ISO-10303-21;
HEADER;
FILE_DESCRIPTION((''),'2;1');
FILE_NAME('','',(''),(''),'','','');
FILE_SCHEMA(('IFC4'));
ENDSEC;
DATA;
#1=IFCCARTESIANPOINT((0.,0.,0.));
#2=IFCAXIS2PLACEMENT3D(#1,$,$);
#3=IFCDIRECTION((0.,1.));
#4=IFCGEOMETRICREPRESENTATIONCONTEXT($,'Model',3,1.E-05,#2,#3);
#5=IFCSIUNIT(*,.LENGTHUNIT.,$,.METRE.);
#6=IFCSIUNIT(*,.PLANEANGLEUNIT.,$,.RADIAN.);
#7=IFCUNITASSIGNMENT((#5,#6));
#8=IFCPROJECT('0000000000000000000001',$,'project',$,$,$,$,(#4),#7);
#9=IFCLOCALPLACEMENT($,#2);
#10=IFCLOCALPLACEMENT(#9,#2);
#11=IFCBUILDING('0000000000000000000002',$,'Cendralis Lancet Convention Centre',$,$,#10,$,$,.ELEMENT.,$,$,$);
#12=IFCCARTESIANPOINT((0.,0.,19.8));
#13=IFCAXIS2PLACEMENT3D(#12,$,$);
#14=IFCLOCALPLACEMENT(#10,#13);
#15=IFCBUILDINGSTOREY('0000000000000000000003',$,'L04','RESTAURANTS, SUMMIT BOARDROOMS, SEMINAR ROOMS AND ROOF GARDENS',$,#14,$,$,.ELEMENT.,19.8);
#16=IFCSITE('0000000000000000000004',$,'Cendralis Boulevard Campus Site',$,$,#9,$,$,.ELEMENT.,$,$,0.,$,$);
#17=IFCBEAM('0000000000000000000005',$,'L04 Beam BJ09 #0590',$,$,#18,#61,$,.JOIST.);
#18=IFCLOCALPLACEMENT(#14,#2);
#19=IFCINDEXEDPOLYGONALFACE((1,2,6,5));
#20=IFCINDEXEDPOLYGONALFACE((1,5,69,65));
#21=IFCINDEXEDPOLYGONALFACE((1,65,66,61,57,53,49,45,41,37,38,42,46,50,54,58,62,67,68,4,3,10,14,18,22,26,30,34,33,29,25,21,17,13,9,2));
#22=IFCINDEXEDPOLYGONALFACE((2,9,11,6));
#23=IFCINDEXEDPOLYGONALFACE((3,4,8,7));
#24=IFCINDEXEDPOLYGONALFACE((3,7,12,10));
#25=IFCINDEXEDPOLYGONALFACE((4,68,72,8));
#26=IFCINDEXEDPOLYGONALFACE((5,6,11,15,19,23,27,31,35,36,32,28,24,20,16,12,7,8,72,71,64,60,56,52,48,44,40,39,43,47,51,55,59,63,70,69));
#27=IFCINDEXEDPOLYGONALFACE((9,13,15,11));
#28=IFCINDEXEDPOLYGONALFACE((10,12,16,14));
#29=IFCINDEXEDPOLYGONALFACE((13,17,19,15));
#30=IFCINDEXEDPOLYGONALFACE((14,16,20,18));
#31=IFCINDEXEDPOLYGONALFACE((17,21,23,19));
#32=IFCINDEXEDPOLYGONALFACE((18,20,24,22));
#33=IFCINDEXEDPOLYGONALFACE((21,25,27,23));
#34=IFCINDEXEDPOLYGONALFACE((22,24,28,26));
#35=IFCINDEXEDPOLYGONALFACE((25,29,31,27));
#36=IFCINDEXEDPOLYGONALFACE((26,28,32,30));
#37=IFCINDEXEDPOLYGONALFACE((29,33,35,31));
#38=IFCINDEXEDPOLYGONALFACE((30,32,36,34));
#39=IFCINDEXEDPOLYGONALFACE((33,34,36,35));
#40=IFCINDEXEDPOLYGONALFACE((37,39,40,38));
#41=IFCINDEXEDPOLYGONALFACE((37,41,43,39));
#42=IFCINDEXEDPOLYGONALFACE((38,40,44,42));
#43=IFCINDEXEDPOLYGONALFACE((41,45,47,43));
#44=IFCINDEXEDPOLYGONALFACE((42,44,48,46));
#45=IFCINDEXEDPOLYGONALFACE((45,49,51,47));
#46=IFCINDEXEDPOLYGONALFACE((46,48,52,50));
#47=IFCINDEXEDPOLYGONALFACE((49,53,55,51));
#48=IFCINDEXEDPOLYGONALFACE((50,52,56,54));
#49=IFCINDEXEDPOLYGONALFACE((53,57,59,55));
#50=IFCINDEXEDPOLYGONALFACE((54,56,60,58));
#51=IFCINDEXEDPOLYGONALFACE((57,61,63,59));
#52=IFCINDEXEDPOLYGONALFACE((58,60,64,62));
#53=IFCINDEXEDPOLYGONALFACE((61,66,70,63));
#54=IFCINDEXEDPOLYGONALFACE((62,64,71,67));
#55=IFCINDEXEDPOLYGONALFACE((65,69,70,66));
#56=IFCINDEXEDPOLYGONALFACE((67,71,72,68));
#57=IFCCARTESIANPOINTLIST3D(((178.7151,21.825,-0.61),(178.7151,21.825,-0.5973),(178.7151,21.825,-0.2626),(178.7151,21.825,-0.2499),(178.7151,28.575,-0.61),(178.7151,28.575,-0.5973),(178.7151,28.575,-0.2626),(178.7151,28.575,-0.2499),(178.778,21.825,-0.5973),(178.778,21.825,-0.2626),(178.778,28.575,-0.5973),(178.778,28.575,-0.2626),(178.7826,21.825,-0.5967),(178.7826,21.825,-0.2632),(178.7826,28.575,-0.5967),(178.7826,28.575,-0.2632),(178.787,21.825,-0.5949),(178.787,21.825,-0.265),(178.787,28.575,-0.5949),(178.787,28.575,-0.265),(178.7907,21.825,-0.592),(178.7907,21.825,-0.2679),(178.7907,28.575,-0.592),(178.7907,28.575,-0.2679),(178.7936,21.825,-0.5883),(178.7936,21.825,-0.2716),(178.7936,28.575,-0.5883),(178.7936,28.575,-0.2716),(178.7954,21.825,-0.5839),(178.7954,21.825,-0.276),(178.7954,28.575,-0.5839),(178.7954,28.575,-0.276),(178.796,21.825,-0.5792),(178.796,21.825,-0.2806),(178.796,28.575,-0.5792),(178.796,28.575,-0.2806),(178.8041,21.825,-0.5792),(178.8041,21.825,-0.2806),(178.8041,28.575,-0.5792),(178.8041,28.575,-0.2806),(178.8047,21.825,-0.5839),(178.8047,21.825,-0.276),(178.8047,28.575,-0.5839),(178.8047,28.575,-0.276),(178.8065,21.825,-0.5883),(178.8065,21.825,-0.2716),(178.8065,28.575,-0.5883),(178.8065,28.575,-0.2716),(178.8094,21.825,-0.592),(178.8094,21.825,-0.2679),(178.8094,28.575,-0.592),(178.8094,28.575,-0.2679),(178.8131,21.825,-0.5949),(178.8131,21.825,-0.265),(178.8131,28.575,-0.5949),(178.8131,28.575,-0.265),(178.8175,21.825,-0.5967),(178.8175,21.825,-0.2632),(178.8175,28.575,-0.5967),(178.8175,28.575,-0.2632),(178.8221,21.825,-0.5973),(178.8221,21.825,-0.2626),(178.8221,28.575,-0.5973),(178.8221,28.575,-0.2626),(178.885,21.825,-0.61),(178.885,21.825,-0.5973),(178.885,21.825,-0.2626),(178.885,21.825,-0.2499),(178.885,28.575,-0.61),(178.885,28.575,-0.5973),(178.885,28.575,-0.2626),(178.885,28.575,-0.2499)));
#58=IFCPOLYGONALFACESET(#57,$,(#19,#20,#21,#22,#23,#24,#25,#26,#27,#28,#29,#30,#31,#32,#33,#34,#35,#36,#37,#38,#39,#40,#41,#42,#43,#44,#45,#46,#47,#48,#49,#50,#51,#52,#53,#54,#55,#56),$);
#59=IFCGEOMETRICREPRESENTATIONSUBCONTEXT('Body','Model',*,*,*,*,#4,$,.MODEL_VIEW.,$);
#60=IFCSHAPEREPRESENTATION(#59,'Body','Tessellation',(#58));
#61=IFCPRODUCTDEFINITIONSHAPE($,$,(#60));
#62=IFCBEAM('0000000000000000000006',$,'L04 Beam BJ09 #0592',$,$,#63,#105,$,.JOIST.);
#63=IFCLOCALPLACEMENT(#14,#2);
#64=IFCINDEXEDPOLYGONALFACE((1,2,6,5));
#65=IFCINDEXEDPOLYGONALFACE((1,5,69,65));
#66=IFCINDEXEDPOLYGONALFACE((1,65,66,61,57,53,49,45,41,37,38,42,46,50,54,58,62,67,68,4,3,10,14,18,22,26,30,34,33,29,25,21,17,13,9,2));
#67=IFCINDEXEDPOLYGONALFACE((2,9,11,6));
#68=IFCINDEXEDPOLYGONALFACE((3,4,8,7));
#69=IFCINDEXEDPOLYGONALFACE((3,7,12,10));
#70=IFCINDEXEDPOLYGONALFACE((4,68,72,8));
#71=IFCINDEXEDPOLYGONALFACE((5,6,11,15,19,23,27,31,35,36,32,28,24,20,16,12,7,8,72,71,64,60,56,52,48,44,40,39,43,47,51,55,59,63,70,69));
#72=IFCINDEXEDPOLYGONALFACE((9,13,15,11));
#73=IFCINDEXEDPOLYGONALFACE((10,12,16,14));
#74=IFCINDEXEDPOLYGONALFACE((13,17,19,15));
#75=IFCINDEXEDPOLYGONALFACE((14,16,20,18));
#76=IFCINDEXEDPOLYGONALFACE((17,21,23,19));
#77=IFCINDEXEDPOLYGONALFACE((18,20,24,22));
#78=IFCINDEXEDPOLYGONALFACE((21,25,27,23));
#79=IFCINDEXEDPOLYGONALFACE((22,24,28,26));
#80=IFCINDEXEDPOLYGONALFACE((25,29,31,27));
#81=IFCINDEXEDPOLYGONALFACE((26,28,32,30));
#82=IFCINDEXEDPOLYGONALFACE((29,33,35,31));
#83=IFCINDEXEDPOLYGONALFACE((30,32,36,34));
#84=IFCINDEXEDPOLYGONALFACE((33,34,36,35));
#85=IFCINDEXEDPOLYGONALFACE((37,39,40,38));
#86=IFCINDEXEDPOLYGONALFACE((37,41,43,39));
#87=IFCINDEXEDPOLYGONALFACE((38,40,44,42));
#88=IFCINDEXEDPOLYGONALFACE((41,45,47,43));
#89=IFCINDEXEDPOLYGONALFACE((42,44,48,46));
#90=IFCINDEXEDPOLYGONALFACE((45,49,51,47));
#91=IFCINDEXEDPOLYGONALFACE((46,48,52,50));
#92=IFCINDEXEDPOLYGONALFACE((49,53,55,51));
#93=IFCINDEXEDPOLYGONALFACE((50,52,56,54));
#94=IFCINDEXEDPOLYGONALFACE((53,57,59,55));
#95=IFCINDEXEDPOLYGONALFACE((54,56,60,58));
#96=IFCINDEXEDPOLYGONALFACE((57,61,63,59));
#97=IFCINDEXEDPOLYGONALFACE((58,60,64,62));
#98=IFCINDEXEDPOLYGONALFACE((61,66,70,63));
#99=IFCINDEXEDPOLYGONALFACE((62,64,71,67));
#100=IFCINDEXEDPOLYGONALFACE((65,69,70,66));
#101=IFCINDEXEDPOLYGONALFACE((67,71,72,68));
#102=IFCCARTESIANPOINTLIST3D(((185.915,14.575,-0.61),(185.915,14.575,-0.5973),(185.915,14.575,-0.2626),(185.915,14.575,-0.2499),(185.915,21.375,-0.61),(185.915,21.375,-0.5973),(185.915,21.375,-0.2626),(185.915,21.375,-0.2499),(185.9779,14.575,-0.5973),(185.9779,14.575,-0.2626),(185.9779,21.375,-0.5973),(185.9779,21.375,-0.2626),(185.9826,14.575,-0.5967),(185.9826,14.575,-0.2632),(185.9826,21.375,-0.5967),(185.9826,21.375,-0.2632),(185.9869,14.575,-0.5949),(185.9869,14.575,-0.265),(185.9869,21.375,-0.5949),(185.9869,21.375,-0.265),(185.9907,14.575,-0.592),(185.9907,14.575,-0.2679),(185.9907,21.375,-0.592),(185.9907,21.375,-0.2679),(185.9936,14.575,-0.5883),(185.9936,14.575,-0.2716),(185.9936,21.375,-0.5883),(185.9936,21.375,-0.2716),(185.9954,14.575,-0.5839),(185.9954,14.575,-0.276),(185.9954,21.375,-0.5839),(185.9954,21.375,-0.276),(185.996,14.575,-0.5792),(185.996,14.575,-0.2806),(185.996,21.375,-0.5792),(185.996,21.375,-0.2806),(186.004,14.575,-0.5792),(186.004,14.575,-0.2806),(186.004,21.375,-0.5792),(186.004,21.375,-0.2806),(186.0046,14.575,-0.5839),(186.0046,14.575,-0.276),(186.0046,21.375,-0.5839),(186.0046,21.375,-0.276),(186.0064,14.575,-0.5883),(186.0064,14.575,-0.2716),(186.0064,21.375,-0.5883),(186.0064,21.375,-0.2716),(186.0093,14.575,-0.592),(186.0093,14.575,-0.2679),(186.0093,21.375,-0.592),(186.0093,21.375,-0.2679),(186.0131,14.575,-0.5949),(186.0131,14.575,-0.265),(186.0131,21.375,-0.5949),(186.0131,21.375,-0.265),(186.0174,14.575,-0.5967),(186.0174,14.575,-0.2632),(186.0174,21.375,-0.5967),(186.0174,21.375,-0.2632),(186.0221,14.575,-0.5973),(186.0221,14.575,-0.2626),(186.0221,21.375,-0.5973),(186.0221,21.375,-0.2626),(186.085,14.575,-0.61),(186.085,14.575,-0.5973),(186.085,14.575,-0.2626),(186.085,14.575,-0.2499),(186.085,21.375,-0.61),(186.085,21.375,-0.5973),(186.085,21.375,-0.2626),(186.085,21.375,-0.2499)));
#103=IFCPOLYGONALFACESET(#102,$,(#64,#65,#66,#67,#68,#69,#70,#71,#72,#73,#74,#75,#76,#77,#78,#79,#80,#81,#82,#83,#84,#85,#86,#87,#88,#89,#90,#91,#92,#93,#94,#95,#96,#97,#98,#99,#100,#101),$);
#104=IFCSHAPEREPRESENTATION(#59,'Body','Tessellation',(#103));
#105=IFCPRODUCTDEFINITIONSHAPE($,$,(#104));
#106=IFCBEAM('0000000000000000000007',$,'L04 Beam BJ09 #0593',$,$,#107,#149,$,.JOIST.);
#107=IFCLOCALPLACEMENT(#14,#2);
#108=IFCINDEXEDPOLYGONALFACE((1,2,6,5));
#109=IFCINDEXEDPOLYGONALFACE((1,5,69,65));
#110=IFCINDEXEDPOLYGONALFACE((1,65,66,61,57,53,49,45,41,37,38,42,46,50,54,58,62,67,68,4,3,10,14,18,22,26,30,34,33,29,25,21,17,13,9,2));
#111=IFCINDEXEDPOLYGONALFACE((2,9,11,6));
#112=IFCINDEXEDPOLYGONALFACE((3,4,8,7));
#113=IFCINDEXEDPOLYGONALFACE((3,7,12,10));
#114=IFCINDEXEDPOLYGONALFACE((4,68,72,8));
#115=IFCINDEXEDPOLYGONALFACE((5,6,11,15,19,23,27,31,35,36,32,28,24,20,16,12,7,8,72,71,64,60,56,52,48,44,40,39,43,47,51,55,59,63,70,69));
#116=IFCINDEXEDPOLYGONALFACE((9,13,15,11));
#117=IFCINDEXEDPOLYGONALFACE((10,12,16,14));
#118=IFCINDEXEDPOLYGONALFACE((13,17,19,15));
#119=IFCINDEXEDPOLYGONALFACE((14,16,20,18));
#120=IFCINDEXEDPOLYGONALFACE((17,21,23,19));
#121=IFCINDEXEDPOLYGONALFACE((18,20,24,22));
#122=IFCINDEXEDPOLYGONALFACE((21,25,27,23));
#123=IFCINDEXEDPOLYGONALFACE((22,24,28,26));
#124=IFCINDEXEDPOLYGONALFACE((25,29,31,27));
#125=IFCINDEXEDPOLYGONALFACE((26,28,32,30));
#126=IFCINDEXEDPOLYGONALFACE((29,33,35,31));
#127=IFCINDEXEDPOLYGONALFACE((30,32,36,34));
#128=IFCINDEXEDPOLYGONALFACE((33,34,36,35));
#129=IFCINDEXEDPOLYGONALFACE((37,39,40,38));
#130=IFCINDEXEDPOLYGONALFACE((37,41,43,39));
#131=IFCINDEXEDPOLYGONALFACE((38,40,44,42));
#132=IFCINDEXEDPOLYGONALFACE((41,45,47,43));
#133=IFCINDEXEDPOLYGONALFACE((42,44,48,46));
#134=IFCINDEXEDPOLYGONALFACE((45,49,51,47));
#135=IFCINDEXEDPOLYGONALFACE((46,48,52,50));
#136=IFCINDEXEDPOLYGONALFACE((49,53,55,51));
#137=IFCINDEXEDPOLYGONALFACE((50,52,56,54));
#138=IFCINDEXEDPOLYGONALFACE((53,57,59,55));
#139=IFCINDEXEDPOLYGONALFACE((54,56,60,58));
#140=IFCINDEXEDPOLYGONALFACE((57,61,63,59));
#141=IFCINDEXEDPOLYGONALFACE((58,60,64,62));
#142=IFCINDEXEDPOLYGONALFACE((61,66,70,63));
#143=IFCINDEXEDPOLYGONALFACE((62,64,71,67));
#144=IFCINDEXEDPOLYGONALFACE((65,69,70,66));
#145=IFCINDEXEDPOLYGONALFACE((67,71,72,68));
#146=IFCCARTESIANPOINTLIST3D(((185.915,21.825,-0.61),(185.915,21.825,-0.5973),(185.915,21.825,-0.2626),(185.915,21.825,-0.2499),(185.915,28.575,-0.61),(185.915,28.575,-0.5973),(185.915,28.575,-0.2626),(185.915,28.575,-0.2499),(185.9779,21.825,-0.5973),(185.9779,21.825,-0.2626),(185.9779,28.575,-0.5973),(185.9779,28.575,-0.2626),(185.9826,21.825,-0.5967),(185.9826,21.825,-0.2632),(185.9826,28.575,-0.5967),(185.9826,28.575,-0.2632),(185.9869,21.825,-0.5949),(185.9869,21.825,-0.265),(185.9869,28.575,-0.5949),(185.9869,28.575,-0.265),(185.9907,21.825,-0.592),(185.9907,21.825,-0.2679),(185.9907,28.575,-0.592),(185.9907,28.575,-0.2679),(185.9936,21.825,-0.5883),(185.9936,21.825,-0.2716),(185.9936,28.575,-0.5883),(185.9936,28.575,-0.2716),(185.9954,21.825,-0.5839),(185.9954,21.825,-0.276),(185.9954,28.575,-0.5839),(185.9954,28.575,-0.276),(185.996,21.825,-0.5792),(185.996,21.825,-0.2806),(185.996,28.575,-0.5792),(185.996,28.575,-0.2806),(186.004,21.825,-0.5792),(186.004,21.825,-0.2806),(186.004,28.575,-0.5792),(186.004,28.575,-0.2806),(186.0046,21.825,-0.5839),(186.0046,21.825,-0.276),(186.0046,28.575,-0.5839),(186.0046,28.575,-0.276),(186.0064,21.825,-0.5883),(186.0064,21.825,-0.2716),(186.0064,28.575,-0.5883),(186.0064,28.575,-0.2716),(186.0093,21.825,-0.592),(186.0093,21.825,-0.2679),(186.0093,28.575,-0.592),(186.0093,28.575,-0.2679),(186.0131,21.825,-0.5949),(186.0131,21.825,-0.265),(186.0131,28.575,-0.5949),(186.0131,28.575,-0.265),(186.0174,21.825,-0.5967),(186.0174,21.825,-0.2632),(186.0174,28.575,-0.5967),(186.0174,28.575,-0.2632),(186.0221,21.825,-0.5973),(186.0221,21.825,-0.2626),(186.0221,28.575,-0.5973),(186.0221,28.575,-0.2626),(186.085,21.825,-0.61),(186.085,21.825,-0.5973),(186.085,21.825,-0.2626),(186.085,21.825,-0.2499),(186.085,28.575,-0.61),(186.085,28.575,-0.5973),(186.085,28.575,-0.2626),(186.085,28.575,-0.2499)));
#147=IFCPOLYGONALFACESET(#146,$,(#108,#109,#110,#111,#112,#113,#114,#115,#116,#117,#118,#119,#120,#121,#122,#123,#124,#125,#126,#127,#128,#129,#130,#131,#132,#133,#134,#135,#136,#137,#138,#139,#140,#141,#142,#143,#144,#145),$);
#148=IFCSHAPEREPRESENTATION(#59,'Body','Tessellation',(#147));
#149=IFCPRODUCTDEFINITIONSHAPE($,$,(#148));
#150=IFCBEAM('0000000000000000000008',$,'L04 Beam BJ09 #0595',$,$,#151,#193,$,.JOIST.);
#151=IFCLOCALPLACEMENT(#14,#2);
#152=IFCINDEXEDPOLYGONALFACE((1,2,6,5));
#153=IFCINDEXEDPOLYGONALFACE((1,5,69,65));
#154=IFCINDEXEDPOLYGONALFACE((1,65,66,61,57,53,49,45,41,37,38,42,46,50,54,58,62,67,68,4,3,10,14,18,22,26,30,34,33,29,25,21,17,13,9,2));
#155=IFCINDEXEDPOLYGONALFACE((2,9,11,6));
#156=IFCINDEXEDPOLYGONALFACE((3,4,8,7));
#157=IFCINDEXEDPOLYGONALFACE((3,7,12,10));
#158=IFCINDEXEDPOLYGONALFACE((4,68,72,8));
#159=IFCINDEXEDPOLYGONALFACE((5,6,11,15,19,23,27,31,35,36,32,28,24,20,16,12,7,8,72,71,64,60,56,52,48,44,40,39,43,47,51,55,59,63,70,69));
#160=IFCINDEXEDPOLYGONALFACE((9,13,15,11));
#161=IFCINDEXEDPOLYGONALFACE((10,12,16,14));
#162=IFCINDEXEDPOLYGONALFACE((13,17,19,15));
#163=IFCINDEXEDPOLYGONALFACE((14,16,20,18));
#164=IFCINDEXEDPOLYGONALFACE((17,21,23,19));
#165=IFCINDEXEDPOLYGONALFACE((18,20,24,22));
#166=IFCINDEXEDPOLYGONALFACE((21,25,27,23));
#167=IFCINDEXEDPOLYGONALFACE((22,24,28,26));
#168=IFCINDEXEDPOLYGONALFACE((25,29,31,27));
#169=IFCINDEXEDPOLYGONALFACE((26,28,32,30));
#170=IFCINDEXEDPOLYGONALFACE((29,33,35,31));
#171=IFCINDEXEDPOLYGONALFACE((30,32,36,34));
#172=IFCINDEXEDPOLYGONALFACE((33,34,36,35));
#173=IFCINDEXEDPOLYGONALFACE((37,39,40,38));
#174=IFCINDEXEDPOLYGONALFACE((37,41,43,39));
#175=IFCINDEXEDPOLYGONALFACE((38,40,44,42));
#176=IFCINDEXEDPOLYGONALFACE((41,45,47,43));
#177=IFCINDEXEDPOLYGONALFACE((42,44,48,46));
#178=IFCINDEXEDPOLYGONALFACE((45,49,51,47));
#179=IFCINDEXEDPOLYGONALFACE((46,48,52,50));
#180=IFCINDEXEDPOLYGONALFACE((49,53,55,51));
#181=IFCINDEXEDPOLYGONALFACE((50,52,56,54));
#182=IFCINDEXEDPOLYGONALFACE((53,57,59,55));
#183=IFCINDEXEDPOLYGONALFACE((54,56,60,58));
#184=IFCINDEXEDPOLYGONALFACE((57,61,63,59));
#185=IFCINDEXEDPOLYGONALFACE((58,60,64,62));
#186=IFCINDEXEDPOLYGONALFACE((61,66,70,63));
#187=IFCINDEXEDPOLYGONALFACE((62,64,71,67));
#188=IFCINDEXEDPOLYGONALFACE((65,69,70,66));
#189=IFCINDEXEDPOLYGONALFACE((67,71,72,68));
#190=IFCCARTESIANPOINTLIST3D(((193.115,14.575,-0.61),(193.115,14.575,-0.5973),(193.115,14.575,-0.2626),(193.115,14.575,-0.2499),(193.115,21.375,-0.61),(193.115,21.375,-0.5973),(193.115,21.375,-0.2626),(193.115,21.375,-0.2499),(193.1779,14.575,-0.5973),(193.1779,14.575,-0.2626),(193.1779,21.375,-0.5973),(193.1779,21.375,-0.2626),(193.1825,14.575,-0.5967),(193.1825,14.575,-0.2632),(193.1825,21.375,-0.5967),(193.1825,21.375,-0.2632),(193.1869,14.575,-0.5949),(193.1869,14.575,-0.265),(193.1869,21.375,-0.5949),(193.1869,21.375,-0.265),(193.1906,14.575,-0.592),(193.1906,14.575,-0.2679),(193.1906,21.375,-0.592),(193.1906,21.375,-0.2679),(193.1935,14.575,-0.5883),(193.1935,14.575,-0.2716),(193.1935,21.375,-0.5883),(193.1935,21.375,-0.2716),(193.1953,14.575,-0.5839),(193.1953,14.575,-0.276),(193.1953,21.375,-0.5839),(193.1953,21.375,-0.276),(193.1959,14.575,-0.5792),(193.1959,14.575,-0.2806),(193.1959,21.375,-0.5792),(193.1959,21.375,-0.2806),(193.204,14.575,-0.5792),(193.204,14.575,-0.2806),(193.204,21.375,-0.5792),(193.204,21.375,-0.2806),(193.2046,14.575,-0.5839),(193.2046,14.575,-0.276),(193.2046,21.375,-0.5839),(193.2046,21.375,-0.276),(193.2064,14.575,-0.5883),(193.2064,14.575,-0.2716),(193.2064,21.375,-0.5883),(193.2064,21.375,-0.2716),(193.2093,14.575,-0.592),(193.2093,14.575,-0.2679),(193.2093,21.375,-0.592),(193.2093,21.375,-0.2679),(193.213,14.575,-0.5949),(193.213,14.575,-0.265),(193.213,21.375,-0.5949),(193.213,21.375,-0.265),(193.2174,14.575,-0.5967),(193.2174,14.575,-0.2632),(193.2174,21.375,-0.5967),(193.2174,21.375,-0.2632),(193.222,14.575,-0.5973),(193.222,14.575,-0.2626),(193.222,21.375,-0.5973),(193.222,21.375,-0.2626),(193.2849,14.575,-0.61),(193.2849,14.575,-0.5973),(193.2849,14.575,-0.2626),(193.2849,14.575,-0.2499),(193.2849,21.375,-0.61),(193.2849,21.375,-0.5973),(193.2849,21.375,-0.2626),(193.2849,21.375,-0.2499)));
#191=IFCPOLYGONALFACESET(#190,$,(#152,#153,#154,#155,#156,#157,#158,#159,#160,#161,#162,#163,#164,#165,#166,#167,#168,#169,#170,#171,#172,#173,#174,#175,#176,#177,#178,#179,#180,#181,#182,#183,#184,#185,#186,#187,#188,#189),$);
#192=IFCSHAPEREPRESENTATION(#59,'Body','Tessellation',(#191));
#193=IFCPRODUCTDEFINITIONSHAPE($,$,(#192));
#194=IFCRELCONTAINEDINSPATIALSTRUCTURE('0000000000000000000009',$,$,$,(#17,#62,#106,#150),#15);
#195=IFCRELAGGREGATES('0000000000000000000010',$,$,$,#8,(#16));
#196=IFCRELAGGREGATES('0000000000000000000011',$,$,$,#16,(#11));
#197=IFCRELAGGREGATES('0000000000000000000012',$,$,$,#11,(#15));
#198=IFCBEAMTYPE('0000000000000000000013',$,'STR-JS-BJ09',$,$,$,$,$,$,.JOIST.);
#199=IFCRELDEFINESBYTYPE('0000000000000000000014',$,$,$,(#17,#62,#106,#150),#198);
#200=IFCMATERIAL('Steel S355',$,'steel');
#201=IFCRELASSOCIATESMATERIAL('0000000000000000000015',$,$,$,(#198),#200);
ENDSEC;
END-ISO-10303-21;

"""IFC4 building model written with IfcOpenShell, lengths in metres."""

from ifc_helpers import new_model, si_unit, direction, frame, origin, origin_2d, place, context, subcontext, project, spatial, i_section, extrude, material, material_profile, profile_set, type_object, element, save


model = new_model("IFC4")

# Units and contexts
model_context = context("Model", 3, precision=1e-05, world=origin(), true_north=direction((0.0, 1.0)))
body_context = subcontext(model_context, "Body", "Model", "MODEL_VIEW")
ifc_project = project(units=[si_unit("LENGTHUNIT", "METRE"), si_unit("PLANEANGLEUNIT", "RADIAN")], contexts=[model_context])

# Site, building, storey
site_placement = place(None, origin())
site = spatial("IfcSite", under=ifc_project, at=site_placement, Name="Cendralis Boulevard Campus Site", CompositionType="ELEMENT", RefElevation=0.0)
building_placement = place(site_placement, origin())
building = spatial("IfcBuilding", under=site, at=building_placement, Name="Cendralis Lancet Convention Centre", CompositionType="ELEMENT")
storey_placement = place(building_placement, frame((0.0, 0.0, 19.8)))
storey = spatial("IfcBuildingStorey", under=building, at=storey_placement, Name="L04", Description="RESTAURANTS, SUMMIT BOARDROOMS, SEMINAR ROOMS AND ROOF GARDENS", CompositionType="ELEMENT", Elevation=19.8)

# Beams
ifc_material_1 = material(Name="Steel S355", Category="steel")
ifc_material_profile_1 = material_profile(ifc_material_1, i_section(OverallWidth=0.1699, OverallDepth=0.3601, WebThickness=0.0081, FlangeThickness=0.0127, FilletRadius=0.0181, at=origin_2d()), Name="IPE 360")
ifc_profile_set_1 = profile_set([ifc_material_profile_1], Name="Steel S355")
beam_type_1 = type_object("IfcBeamType", Name="STR-JS-BJ09", PredefinedType="JOIST", material=ifc_profile_set_1)
beam_1_placement = place(storey_placement, frame((178.8, 21.825, -0.4299), z_axis=(0.0, 1.0, 0.0), x_axis=(-1.0, 0.0, 0.0)))
element("IfcBeam", 1, at=beam_1_placement, inside=storey, type_object=beam_type_1, Name="L04 Beam BJ09 #0590", PredefinedType="JOIST", context=body_context, shape_type="SweptSolid", body=[
    extrude(i_section(OverallWidth=0.1699, OverallDepth=0.3601, WebThickness=0.0081, FlangeThickness=0.0127, FilletRadius=0.0181, at=origin_2d()), origin(), (0.0, 0.0, 1.0), 6.75),
])
beam_2_placement = place(storey_placement, frame((186.0, 14.575, -0.4299), z_axis=(0.0, 1.0, 0.0), x_axis=(-1.0, 0.0, 0.0)))
element("IfcBeam", 2, at=beam_2_placement, inside=storey, type_object=beam_type_1, Name="L04 Beam BJ09 #0592", PredefinedType="JOIST", context=body_context, shape_type="SweptSolid", body=[
    extrude(i_section(OverallWidth=0.1699, OverallDepth=0.3601, WebThickness=0.0081, FlangeThickness=0.0127, FilletRadius=0.0181, at=origin_2d()), origin(), (0.0, 0.0, 1.0), 6.8),
])
beam_3_placement = place(storey_placement, frame((186.0, 21.825, -0.4299), z_axis=(0.0, 1.0, 0.0), x_axis=(-1.0, 0.0, 0.0)))
element("IfcBeam", 3, at=beam_3_placement, inside=storey, type_object=beam_type_1, Name="L04 Beam BJ09 #0593", PredefinedType="JOIST", context=body_context, shape_type="SweptSolid", body=[
    extrude(i_section(OverallWidth=0.1699, OverallDepth=0.3601, WebThickness=0.0081, FlangeThickness=0.0127, FilletRadius=0.0181, at=origin_2d()), origin(), (0.0, 0.0, 1.0), 6.75),
])
beam_4_placement = place(storey_placement, frame((193.2, 14.575, -0.4299), z_axis=(0.0, 1.0, 0.0), x_axis=(-1.0, 0.0, 0.0)))
element("IfcBeam", 4, at=beam_4_placement, inside=storey, type_object=beam_type_1, Name="L04 Beam BJ09 #0595", PredefinedType="JOIST", context=body_context, shape_type="SweptSolid", body=[
    extrude(i_section(OverallWidth=0.1699, OverallDepth=0.3601, WebThickness=0.0081, FlangeThickness=0.0127, FilletRadius=0.0181, at=origin_2d()), origin(), (0.0, 0.0, 1.0), 6.8),
])

save(model, "model.ifc")
